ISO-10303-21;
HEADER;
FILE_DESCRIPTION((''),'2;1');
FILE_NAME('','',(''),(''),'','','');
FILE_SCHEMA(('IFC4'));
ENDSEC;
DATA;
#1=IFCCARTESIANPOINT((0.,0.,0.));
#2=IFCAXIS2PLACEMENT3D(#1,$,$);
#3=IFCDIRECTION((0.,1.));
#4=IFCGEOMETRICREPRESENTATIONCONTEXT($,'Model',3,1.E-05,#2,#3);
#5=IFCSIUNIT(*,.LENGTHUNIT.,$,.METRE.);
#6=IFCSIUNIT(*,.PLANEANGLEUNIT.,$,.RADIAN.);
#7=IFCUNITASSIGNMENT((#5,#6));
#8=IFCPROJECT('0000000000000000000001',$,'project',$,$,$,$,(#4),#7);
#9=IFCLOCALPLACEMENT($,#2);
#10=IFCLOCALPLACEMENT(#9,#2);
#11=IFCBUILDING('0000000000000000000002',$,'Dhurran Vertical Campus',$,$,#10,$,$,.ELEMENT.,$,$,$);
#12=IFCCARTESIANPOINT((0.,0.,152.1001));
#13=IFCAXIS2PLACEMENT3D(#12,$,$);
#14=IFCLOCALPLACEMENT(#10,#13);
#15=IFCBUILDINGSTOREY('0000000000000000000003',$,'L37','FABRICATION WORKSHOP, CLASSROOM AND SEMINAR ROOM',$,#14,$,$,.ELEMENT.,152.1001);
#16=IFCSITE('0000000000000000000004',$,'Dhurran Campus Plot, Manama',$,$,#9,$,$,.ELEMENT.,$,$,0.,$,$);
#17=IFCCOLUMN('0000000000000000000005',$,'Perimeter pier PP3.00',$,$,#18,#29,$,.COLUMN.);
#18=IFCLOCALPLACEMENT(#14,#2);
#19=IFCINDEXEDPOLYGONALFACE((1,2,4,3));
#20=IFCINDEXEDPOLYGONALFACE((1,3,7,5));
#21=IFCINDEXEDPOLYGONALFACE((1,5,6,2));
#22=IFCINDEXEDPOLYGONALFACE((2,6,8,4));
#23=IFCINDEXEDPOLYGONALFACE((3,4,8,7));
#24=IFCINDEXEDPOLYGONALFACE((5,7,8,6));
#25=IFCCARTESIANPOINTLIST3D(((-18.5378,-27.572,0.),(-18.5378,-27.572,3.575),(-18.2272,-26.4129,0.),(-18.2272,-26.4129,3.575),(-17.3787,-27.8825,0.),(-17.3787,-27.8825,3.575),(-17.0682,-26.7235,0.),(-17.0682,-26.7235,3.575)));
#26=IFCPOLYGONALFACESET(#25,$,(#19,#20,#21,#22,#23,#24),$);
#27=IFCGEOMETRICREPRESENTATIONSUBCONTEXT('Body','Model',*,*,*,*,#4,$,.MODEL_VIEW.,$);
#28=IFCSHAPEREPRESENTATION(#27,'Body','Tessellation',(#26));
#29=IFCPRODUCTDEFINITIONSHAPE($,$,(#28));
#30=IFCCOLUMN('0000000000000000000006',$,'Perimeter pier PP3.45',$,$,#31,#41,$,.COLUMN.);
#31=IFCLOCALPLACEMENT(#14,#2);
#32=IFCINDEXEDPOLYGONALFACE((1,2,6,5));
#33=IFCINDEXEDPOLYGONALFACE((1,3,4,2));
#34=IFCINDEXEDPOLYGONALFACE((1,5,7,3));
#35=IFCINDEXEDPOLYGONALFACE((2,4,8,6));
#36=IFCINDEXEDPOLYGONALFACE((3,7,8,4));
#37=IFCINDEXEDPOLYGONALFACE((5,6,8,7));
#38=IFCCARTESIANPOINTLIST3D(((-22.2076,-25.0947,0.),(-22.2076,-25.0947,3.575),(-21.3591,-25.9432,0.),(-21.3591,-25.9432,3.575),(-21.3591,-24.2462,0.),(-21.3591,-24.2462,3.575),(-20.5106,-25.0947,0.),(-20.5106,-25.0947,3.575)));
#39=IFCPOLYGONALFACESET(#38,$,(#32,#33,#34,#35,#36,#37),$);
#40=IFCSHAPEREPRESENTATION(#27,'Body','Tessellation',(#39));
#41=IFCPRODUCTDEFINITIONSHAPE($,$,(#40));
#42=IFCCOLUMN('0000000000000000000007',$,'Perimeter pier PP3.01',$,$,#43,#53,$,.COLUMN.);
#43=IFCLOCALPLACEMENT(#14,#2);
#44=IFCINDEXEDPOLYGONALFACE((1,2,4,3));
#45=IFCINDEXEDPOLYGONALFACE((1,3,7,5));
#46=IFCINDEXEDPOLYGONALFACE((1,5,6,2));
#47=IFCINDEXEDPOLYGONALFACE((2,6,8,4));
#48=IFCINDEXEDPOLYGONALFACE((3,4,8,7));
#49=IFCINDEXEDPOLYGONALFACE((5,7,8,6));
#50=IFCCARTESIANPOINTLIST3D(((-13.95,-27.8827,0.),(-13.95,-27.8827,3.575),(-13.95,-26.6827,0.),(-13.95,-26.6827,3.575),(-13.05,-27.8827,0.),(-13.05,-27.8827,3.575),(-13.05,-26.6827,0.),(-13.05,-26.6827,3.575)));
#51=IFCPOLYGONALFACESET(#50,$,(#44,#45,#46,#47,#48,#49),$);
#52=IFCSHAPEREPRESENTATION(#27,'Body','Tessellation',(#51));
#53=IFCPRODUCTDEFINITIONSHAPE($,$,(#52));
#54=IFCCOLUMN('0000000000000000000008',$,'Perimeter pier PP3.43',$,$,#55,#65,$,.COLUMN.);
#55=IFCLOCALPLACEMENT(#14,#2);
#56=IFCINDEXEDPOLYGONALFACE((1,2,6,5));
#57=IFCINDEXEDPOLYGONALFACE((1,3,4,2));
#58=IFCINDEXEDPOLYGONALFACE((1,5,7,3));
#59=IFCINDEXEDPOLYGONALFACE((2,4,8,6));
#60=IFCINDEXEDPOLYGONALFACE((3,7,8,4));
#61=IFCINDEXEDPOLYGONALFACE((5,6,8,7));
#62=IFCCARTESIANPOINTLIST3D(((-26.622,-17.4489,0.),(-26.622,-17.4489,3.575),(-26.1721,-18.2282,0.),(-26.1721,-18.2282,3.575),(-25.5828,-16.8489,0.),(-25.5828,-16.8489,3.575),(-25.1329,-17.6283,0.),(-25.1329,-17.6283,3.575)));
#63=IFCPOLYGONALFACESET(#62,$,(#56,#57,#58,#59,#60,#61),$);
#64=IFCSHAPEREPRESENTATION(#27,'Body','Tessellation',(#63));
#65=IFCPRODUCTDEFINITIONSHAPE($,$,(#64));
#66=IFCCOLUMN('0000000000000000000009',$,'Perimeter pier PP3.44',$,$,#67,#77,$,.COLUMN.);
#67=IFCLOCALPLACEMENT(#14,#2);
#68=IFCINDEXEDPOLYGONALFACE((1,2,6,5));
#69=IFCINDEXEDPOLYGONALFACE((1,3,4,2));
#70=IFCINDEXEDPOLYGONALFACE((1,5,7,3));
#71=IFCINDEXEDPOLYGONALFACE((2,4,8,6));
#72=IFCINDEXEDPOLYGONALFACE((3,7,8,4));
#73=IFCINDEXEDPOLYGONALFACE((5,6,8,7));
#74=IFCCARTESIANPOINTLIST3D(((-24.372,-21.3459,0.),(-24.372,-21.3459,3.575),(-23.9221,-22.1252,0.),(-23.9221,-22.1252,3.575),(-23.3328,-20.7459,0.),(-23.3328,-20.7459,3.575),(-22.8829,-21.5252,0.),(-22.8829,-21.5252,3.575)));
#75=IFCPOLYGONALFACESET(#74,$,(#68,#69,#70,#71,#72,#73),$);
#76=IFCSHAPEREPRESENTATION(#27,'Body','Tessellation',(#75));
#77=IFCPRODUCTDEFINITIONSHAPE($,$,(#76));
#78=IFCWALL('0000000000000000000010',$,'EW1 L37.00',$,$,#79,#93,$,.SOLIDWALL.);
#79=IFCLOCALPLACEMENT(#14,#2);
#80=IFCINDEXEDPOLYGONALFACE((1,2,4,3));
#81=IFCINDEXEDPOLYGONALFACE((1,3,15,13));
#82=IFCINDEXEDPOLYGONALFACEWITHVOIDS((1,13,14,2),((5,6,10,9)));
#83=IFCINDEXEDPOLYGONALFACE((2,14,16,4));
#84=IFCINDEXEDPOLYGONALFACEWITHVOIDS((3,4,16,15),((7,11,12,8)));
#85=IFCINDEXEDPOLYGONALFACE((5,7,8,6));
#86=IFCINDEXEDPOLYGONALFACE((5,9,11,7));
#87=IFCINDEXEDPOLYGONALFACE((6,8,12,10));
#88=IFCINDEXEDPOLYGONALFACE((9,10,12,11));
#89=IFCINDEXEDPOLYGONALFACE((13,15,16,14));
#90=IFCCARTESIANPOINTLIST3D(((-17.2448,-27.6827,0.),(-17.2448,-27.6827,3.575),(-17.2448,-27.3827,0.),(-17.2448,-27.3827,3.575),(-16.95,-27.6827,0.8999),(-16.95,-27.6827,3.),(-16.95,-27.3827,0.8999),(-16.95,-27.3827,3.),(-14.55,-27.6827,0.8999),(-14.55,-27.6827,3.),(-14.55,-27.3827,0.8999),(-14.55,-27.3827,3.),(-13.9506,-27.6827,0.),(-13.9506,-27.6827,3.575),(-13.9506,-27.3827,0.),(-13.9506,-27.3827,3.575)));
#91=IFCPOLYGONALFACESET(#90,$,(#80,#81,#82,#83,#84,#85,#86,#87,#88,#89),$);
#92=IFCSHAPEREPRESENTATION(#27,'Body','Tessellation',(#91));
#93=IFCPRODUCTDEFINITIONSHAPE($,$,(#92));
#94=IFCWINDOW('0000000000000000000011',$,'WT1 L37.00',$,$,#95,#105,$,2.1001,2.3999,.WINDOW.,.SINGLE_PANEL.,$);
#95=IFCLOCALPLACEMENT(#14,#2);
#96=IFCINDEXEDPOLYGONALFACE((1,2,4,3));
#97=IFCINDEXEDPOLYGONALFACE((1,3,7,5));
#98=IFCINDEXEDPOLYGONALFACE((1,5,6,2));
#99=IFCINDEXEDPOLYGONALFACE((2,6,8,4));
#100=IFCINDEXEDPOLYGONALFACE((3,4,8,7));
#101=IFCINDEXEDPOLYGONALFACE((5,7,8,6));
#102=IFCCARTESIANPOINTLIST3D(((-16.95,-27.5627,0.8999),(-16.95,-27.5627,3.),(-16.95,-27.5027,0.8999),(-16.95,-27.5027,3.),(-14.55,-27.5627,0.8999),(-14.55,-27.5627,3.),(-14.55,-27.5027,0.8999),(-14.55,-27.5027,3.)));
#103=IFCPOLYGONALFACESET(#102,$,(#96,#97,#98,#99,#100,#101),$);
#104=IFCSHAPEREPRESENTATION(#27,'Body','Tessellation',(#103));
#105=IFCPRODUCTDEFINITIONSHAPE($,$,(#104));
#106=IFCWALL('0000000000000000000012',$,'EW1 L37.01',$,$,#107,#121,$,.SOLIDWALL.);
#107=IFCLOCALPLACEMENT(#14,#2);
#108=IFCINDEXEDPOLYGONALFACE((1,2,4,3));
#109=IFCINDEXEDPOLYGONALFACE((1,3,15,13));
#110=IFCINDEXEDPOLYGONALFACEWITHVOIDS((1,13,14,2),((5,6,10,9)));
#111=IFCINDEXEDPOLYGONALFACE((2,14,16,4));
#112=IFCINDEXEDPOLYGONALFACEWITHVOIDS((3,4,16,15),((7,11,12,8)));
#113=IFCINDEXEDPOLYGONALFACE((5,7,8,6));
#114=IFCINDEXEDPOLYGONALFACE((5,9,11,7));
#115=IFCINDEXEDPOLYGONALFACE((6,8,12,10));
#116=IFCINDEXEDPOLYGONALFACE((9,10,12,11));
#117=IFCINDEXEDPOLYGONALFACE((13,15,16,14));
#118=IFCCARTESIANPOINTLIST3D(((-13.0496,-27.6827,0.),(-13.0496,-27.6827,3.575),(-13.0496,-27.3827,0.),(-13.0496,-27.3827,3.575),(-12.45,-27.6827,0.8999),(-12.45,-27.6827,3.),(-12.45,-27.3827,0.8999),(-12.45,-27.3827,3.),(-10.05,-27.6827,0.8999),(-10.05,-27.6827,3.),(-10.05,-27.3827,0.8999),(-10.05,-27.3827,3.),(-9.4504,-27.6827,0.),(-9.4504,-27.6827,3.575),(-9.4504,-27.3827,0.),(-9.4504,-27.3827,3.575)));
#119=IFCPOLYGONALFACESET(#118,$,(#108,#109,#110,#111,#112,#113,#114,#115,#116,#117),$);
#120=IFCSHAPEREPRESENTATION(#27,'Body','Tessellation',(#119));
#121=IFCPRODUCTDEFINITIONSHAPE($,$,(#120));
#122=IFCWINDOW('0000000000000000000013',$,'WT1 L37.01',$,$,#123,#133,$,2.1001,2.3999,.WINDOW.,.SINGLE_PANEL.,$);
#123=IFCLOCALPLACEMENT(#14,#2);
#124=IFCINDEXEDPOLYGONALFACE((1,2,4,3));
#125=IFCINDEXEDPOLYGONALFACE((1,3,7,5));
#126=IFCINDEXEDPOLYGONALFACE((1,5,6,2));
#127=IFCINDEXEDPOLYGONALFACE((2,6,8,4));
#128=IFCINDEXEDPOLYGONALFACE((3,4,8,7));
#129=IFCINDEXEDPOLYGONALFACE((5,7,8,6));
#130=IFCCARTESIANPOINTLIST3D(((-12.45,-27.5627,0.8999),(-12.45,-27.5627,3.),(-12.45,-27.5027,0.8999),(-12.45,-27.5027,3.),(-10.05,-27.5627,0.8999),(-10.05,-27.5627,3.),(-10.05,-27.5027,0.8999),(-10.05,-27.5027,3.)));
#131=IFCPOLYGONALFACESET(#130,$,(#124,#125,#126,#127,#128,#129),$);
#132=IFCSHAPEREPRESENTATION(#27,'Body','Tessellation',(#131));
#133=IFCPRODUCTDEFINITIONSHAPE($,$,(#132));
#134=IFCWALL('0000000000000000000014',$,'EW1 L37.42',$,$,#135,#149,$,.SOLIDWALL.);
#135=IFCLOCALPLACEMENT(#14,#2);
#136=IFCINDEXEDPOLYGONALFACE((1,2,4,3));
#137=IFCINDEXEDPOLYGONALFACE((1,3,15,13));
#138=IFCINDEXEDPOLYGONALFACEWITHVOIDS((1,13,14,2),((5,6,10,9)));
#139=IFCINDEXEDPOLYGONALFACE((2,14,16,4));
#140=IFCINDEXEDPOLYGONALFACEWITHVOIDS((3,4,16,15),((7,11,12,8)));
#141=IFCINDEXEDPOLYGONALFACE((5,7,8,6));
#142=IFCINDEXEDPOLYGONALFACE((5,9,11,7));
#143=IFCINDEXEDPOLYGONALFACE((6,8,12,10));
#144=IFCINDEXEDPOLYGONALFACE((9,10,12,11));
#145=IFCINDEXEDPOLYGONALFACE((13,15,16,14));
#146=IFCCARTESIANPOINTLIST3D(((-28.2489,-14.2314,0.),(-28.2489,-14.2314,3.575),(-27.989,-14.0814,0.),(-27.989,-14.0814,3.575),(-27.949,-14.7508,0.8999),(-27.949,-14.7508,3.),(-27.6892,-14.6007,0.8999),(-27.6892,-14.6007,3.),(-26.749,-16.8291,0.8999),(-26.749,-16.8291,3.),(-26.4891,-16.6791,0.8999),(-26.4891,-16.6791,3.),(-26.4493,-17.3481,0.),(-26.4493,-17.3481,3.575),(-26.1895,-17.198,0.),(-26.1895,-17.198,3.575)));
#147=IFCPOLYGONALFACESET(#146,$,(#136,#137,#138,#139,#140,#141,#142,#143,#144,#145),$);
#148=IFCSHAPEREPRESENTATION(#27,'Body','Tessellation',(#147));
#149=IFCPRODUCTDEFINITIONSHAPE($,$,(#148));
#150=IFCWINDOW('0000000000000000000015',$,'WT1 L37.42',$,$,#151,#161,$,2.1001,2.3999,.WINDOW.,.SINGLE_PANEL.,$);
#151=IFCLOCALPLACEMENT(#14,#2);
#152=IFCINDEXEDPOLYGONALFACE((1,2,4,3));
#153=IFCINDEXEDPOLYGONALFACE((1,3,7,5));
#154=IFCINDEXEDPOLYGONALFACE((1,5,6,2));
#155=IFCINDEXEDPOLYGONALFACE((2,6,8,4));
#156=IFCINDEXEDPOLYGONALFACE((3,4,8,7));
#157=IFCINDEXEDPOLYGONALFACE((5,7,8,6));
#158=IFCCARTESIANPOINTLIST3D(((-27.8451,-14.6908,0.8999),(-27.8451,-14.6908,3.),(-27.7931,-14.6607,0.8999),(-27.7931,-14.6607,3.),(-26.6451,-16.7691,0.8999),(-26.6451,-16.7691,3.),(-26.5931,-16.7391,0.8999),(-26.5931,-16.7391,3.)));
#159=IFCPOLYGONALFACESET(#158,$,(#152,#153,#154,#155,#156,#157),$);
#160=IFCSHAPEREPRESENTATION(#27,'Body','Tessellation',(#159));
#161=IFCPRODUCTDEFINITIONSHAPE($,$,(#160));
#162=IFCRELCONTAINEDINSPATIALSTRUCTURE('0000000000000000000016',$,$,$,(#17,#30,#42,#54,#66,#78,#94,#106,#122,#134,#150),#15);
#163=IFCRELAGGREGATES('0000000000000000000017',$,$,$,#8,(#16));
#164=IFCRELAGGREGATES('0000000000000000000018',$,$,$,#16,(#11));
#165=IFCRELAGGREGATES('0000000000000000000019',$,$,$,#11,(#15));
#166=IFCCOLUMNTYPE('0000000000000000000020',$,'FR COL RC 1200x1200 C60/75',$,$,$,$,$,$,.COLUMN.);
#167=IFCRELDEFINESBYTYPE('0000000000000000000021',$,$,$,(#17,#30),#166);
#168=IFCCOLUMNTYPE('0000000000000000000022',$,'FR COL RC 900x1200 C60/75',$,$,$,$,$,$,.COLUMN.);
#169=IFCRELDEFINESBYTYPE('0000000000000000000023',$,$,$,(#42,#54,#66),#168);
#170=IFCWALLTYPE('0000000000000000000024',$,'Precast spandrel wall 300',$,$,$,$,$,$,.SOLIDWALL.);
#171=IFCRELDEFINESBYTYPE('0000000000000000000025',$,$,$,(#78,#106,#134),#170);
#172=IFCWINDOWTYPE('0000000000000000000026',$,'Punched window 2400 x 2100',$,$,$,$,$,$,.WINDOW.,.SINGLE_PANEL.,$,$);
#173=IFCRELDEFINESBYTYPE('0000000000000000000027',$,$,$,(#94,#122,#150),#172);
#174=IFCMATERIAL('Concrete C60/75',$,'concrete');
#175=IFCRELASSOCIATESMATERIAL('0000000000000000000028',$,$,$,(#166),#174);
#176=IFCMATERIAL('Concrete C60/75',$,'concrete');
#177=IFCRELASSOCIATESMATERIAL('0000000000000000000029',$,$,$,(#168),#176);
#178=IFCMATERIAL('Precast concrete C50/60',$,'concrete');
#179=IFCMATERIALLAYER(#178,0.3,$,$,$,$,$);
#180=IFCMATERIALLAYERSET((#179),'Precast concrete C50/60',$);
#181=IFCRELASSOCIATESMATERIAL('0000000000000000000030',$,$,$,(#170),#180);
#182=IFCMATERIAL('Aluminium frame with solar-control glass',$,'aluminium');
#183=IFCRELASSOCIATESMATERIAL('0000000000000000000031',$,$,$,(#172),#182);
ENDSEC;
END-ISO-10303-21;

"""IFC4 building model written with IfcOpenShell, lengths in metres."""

from ifc_helpers import new_model, si_unit, direction, frame, frame_2d, origin, origin_2d, place, context, subcontext, project, spatial, rectangle, extrude, material, layer, layer_set, material_profile, profile_set, type_object, element, fill, save


model = new_model("IFC4")

# Units and contexts
model_context = context("Model", 3, precision=1e-05, world=origin(), true_north=direction((0.0, 1.0)))
body_context = subcontext(model_context, "Body", "Model", "MODEL_VIEW")
ifc_project = project(units=[si_unit("LENGTHUNIT", "METRE"), si_unit("PLANEANGLEUNIT", "RADIAN")], contexts=[model_context])

# Site, building, storey
site_placement = place(None, origin())
site = spatial("IfcSite", under=ifc_project, at=site_placement, Name="Dhurran Campus Plot, Manama", CompositionType="ELEMENT", RefElevation=0.0)
building_placement = place(site_placement, origin())
building = spatial("IfcBuilding", under=site, at=building_placement, Name="Dhurran Vertical Campus", CompositionType="ELEMENT")
storey_placement = place(building_placement, frame((0.0, 0.0, 152.1001)))
storey = spatial("IfcBuildingStorey", under=building, at=storey_placement, Name="L37", Description="FABRICATION WORKSHOP, CLASSROOM AND SEMINAR ROOM", CompositionType="ELEMENT", Elevation=152.1001)

# Columns
ifc_material_1 = material(Name="Concrete C60/75", Category="concrete")
ifc_material_profile_1 = material_profile(ifc_material_1, rectangle(XDim=1.2, YDim=1.2, at=origin_2d()), Name="RC 1200x1200")
ifc_profile_set_1 = profile_set([ifc_material_profile_1], Name="Concrete C60/75")
column_type_1 = type_object("IfcColumnType", Name="FR COL RC 1200x1200 C60/75", PredefinedType="COLUMN", material=ifc_profile_set_1)
for number, where, z_axis, x_axis, name in (
    (1, (-17.803, -27.1477, 0.0), (0.0, 0.0, 1.0), (0.965926, -0.258819, 0.0), "Perimeter pier PP3.00"),
    (2, (-21.3591, -25.0947, 0.0), (0.0, 0.0, 1.0), (0.707107, -0.707107, 0.0), "Perimeter pier PP3.45"),
):
    element("IfcColumn", number, at=place(storey_placement, frame(where, z_axis=z_axis, x_axis=x_axis)), inside=storey, type_object=column_type_1, Name=name, PredefinedType="COLUMN", context=body_context, shape_type="SweptSolid", body=[
        extrude(rectangle(XDim=1.2, YDim=1.2, at=origin_2d()), origin(), (0.0, 0.0, 1.0), 3.575),
    ])
ifc_material_2 = material(Name="Concrete C60/75", Category="concrete")
ifc_material_profile_2 = material_profile(ifc_material_2, rectangle(XDim=0.8999, YDim=1.2, at=origin_2d()), Name="RC 900x1200")
ifc_profile_set_2 = profile_set([ifc_material_profile_2], Name="Concrete C60/75")
column_type_2 = type_object("IfcColumnType", Name="FR COL RC 900x1200 C60/75", PredefinedType="COLUMN", material=ifc_profile_set_2)
for number, where, z_axis, x_axis, name in (
    (3, (-13.5, -27.2827, 0.0), (0.0, 0.0, 1.0), (1.0, 0.0, 0.0), "Perimeter pier PP3.01"),
    (4, (-25.8774, -17.5386, 0.0), (0.0, 0.0, 1.0), (0.5, -0.866025, 0.0), "Perimeter pier PP3.43"),
    (5, (-23.6274, -21.4355, 0.0), (0.0, 0.0, 1.0), (0.5, -0.866025, 0.0), "Perimeter pier PP3.44"),
):
    element("IfcColumn", number, at=place(storey_placement, frame(where, z_axis=z_axis, x_axis=x_axis)), inside=storey, type_object=column_type_2, Name=name, PredefinedType="COLUMN", context=body_context, shape_type="SweptSolid", body=[
        extrude(rectangle(XDim=0.8999, YDim=1.2, at=origin_2d()), origin(), (0.0, 0.0, 1.0), 3.575),
    ])

# Walls, openings, windows
ifc_material_3 = material(Name="Precast concrete C50/60", Category="concrete")
ifc_layer_1 = layer(ifc_material_3, 0.3)
ifc_layer_set_1 = layer_set([ifc_layer_1], Name="Precast concrete C50/60")
wall_type_1 = type_object("IfcWallType", Name="Precast spandrel wall 300", PredefinedType="SOLIDWALL", material=ifc_layer_set_1)
wall_1_placement = place(storey_placement, frame((-17.2446, -27.5327, 0.0), z_axis=(0.0, 0.0, 1.0), x_axis=(1.0, 0.0, 0.0)))
wall_1 = element("IfcWall", 6, at=wall_1_placement, inside=storey, type_object=wall_type_1, Name="EW1 L37.00", PredefinedType="SOLIDWALL", context=body_context, shape_type="SweptSolid", body=[
    extrude(rectangle(XDim=3.2942, YDim=0.3, at=frame_2d((1.647, 0.0))), origin(), (0.0, 0.0, 1.0), 3.575),
])
opening_1_placement = place(wall_1_placement, frame((0.2947, 0.0, 0.8999)))
opening_1 = element("IfcOpeningElement", 7, at=opening_1_placement, cuts=wall_1, PredefinedType="OPENING", context=body_context, shape_type="SweptSolid", body=[
    extrude(rectangle(XDim=2.3999, YDim=2.1001, at=frame_2d((1.2, 1.05))), frame((0.0, 0.1599, 0.0), z_axis=(0.0, -1.0, 0.0), x_axis=(1.0, 0.0, 0.0)), (0.0, 0.0, 1.0), 0.3201),
])
ifc_material_4 = material(Name="Aluminium frame with solar-control glass", Category="aluminium")
window_type = type_object("IfcWindowType", Name="Punched window 2400 x 2100", PartitioningType="SINGLE_PANEL", PredefinedType="WINDOW", material=ifc_material_4)
window_1_placement = place(opening_1_placement, origin())
window_1 = element("IfcWindow", 8, at=window_1_placement, inside=storey, type_object=window_type, Name="WT1 L37.00", OverallHeight=2.1001, OverallWidth=2.3999, PartitioningType="SINGLE_PANEL", PredefinedType="WINDOW", context=body_context, shape_type="SweptSolid", body=[
    extrude(rectangle(XDim=2.3999, YDim=2.1001, at=frame_2d((1.2, 1.05))), frame((0.0, 0.03, 0.0), z_axis=(0.0, -1.0, 0.0), x_axis=(1.0, 0.0, 0.0)), (0.0, 0.0, 1.0), 0.0601),
])
fill(opening_1, window_1)
wall_2_placement = place(storey_placement, frame((-13.0496, -27.5327, 0.0), z_axis=(0.0, 0.0, 1.0), x_axis=(1.0, 0.0, 0.0)))
wall_2 = element("IfcWall", 9, at=wall_2_placement, inside=storey, type_object=wall_type_1, Name="EW1 L37.01", PredefinedType="SOLIDWALL", context=body_context, shape_type="SweptSolid", body=[
    extrude(rectangle(XDim=3.5991, YDim=0.3, at=frame_2d((1.7996, 0.0))), origin(), (0.0, 0.0, 1.0), 3.575),
])
opening_2_placement = place(wall_2_placement, frame((0.5996, 0.0, 0.8999)))
opening_2 = element("IfcOpeningElement", 10, at=opening_2_placement, cuts=wall_2, PredefinedType="OPENING", context=body_context, shape_type="SweptSolid", body=[
    extrude(rectangle(XDim=2.3999, YDim=2.1001, at=frame_2d((1.2, 1.05))), frame((0.0, 0.1599, 0.0), z_axis=(0.0, -1.0, 0.0), x_axis=(1.0, 0.0, 0.0)), (0.0, 0.0, 1.0), 0.3201),
])
window_2_placement = place(opening_2_placement, origin())
window_2 = element("IfcWindow", 11, at=window_2_placement, inside=storey, type_object=window_type, Name="WT1 L37.01", OverallHeight=2.1001, OverallWidth=2.3999, PartitioningType="SINGLE_PANEL", PredefinedType="WINDOW", context=body_context, shape_type="SweptSolid", body=[
    extrude(rectangle(XDim=2.3999, YDim=2.1001, at=frame_2d((1.2, 1.05))), frame((0.0, 0.03, 0.0), z_axis=(0.0, -1.0, 0.0), x_axis=(1.0, 0.0, 0.0)), (0.0, 0.0, 1.0), 0.0601),
])
fill(opening_2, window_2)
wall_3_placement = place(storey_placement, frame((-28.1189, -14.1565, 0.0), z_axis=(0.0, 0.0, 1.0), x_axis=(0.500028, -0.866009, 0.0)))
wall_3 = element("IfcWall", 12, at=wall_3_placement, inside=storey, type_object=wall_type_1, Name="EW1 L37.42", PredefinedType="SOLIDWALL", context=body_context, shape_type="SweptSolid", body=[
    extrude(rectangle(XDim=3.5989, YDim=0.3, at=frame_2d((1.7993, 0.0))), origin(), (0.0, 0.0, 1.0), 3.575),
])
opening_3_placement = place(wall_3_placement, frame((0.5996, 0.0, 0.8999)))
opening_3 = element("IfcOpeningElement", 13, at=opening_3_placement, cuts=wall_3, PredefinedType="OPENING", context=body_context, shape_type="SweptSolid", body=[
    extrude(rectangle(XDim=2.3999, YDim=2.1001, at=frame_2d((1.2, 1.05))), frame((0.0, 0.1599, 0.0), z_axis=(0.0, -1.0, 0.0), x_axis=(1.0, 0.0, 0.0)), (0.0, 0.0, 1.0), 0.3201),
])
window_3_placement = place(opening_3_placement, origin())
window_3 = element("IfcWindow", 14, at=window_3_placement, inside=storey, type_object=window_type, Name="WT1 L37.42", OverallHeight=2.1001, OverallWidth=2.3999, PartitioningType="SINGLE_PANEL", PredefinedType="WINDOW", context=body_context, shape_type="SweptSolid", body=[
    extrude(rectangle(XDim=2.3999, YDim=2.1001, at=frame_2d((1.2, 1.05))), frame((0.0, 0.03, 0.0), z_axis=(0.0, -1.0, 0.0), x_axis=(1.0, 0.0, 0.0)), (0.0, 0.0, 1.0), 0.0601),
])
fill(opening_3, window_3)

save(model, "model.ifc")
